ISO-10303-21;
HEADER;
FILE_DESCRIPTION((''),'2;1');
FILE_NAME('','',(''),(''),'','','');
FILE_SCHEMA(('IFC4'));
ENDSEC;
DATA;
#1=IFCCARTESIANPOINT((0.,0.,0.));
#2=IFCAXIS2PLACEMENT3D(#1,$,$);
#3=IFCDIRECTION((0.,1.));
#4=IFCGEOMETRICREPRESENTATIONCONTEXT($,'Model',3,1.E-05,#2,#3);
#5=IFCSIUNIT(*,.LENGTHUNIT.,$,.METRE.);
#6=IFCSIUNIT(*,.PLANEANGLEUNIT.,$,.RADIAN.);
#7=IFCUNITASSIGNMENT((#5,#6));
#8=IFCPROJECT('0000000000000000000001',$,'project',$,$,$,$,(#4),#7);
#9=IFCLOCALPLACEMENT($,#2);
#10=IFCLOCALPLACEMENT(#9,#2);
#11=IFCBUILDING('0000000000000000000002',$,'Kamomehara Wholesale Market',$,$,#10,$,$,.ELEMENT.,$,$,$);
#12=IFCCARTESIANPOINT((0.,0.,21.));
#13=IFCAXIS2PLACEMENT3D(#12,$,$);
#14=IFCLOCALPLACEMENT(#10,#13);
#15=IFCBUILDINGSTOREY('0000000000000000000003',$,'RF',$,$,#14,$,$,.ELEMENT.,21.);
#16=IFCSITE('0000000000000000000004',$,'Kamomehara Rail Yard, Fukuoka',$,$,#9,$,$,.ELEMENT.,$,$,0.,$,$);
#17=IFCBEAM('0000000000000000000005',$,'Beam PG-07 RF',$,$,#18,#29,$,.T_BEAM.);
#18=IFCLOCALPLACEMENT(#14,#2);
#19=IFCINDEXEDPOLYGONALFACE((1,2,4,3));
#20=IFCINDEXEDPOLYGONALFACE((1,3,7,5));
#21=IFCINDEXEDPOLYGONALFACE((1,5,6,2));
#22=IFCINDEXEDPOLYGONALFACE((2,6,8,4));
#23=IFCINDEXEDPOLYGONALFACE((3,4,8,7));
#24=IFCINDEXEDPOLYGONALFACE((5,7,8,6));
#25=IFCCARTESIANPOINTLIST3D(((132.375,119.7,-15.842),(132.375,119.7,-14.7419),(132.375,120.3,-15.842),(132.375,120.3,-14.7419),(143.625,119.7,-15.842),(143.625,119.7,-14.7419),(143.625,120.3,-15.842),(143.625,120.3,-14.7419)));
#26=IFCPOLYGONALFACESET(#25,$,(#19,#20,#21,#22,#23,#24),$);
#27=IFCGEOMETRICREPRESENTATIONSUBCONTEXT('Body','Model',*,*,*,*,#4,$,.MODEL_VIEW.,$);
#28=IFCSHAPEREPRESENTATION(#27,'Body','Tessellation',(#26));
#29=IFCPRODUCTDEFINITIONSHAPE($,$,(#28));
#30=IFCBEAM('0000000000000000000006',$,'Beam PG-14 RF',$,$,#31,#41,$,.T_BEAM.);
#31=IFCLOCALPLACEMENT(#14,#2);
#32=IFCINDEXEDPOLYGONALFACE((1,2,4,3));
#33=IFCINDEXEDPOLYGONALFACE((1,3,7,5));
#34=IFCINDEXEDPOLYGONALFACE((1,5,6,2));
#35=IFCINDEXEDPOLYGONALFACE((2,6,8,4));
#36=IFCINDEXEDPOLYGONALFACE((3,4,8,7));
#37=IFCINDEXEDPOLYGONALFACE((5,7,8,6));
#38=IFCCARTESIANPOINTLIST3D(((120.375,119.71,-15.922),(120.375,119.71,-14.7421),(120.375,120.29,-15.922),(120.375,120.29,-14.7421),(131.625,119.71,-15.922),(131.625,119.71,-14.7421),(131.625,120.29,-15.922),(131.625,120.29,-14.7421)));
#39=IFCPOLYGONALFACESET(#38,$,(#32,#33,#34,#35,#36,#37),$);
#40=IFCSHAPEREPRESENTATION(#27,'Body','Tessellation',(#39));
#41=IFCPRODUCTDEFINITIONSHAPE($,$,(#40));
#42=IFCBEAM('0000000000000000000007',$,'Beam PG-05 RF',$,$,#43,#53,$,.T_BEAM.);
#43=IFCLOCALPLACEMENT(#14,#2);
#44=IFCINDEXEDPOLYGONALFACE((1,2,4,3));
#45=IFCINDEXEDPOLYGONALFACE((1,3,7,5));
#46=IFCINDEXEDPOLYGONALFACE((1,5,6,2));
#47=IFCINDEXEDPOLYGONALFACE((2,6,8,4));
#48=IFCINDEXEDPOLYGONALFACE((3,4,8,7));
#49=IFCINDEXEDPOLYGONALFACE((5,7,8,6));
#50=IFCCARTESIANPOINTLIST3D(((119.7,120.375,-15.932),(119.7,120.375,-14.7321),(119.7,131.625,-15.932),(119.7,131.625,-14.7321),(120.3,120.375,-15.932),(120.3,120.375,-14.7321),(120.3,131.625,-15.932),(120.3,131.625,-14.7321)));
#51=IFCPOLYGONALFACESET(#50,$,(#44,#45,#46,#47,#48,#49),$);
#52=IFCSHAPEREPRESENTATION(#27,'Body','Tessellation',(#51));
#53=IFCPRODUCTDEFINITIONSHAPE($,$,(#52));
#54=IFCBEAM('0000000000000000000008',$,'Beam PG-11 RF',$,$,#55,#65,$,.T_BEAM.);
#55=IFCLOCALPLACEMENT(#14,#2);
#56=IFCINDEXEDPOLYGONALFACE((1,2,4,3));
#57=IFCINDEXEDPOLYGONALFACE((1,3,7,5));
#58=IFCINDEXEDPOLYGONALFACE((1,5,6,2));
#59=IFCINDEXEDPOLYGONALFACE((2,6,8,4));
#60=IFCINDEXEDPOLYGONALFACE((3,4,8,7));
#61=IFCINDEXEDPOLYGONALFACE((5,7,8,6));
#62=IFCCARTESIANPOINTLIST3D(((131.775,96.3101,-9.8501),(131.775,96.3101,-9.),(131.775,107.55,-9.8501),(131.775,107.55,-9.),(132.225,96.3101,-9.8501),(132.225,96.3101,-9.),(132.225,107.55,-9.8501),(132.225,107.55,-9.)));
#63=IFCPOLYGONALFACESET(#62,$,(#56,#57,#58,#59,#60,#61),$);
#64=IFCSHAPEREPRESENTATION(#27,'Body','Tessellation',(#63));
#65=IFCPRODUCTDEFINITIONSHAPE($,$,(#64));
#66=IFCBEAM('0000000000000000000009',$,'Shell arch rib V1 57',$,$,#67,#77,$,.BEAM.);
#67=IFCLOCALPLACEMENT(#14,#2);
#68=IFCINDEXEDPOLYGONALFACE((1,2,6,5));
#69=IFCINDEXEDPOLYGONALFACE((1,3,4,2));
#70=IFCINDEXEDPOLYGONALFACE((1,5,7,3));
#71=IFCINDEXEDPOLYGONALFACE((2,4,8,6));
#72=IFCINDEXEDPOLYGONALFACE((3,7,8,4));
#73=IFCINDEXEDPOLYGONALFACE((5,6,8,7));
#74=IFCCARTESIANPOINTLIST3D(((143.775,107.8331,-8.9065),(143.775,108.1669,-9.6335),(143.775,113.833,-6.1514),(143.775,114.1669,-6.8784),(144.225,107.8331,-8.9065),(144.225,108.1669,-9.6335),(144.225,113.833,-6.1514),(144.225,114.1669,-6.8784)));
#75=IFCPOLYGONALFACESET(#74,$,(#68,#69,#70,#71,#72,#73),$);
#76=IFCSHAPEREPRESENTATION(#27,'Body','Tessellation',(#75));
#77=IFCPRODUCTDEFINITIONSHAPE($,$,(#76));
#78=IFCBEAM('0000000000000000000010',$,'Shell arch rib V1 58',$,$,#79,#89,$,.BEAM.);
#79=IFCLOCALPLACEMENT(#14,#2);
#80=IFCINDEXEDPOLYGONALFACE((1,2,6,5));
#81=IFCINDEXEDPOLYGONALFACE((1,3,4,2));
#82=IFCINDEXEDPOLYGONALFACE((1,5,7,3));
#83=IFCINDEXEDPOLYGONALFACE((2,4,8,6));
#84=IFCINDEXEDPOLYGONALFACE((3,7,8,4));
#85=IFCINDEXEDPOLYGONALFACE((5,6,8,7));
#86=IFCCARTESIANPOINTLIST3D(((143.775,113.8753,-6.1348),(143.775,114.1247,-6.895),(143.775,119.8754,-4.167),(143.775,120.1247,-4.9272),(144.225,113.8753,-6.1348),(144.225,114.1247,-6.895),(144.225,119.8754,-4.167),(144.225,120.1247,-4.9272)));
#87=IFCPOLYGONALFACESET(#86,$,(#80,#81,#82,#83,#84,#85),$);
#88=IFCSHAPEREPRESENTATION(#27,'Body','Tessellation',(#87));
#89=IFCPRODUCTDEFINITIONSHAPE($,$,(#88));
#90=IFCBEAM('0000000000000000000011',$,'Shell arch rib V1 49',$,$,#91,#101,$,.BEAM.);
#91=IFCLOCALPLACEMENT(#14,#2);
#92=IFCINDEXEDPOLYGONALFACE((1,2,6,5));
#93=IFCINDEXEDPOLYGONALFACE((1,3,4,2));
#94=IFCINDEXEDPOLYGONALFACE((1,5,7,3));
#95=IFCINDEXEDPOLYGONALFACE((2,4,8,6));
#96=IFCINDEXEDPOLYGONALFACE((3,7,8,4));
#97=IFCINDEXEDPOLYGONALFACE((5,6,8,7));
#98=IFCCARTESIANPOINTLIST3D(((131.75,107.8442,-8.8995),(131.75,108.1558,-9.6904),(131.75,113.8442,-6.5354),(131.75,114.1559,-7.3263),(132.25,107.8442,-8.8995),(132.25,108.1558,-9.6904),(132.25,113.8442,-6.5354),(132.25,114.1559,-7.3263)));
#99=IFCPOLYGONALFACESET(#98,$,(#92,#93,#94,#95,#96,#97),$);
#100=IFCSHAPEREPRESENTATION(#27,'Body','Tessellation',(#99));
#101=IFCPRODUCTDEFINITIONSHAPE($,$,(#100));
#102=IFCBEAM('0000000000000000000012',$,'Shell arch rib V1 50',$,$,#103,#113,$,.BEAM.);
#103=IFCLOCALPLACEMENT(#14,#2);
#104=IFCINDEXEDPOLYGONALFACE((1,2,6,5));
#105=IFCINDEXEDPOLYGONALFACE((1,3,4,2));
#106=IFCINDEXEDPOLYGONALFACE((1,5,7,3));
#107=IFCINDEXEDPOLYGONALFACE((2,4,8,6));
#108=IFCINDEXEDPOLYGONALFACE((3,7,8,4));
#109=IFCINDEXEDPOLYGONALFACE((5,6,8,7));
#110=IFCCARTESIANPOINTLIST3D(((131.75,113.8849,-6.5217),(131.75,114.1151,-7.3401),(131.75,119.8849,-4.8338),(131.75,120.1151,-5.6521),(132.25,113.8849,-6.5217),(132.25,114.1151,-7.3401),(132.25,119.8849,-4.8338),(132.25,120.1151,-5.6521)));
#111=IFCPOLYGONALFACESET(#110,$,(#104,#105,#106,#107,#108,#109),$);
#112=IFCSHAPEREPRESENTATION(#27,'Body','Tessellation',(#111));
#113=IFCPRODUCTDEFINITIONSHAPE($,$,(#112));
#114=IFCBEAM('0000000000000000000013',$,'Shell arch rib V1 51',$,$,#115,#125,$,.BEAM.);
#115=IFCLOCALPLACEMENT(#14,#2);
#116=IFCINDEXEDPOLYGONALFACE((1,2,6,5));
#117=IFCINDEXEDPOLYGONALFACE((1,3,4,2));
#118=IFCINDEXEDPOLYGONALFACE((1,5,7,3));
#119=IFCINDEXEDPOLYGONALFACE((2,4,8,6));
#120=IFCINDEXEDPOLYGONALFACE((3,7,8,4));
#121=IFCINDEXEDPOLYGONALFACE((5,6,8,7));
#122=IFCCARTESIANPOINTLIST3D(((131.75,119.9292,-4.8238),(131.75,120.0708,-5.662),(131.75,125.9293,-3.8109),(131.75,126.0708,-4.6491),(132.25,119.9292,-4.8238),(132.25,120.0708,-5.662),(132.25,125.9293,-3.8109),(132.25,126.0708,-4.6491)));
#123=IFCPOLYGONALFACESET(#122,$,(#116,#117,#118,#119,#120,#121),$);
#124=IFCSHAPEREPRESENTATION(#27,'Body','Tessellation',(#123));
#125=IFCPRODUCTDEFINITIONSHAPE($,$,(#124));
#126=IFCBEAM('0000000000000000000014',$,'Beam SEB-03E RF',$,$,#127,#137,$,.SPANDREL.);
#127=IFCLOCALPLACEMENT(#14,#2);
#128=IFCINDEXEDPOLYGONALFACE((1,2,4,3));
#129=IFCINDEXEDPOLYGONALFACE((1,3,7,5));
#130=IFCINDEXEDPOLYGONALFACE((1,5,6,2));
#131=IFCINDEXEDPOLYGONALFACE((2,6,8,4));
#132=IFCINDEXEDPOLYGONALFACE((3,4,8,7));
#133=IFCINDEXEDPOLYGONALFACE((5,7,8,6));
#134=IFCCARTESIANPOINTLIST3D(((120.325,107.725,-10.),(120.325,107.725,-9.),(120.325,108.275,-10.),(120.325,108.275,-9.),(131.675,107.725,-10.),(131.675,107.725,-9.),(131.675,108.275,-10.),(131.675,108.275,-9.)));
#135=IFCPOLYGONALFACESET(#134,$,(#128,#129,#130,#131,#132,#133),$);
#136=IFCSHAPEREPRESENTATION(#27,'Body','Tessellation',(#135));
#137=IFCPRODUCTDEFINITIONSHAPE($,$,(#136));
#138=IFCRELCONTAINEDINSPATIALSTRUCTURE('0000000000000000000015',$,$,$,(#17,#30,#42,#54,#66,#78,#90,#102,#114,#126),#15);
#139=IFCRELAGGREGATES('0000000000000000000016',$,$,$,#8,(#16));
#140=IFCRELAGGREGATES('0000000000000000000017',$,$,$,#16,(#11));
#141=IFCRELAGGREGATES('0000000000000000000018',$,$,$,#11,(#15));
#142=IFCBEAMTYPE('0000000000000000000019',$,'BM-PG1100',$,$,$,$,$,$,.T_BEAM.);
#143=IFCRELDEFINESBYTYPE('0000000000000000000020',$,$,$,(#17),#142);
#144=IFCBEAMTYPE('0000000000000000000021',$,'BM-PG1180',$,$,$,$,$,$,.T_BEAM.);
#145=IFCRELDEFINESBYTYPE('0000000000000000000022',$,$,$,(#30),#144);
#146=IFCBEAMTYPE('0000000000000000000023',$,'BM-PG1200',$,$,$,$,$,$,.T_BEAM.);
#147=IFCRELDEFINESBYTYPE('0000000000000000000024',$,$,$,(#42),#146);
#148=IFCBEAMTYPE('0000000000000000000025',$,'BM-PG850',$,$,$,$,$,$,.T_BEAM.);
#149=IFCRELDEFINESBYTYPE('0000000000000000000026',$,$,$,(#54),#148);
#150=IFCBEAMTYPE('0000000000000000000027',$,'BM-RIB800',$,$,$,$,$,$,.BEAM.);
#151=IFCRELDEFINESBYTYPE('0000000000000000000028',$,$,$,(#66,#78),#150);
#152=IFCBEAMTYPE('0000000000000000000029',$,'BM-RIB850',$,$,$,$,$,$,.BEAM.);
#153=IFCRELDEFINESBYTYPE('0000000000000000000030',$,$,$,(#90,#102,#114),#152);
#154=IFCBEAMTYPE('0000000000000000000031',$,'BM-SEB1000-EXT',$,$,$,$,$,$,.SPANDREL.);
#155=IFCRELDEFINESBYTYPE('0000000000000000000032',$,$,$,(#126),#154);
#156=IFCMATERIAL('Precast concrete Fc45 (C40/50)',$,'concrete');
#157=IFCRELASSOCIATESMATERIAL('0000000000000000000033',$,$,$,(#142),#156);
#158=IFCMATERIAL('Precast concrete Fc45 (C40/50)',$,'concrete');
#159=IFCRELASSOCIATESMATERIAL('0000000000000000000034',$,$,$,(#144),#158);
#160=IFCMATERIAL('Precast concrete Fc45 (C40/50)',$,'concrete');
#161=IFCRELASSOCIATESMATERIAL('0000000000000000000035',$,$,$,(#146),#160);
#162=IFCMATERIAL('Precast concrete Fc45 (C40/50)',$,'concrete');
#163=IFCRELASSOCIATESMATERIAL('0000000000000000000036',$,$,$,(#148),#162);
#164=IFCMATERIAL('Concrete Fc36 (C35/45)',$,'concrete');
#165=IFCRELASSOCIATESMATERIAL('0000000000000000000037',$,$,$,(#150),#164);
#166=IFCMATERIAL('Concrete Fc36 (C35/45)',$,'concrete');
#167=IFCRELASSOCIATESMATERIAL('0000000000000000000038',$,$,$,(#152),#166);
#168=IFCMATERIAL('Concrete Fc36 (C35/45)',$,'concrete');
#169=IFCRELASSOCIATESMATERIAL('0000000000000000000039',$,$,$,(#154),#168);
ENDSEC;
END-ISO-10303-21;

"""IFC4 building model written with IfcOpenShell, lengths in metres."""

from ifc_helpers import new_model, si_unit, direction, frame, origin, origin_2d, place, context, subcontext, project, spatial, rectangle, extrude, material, material_profile, profile_set, type_object, element, save


model = new_model("IFC4")

# Units and contexts
model_context = context("Model", 3, precision=1e-05, world=origin(), true_north=direction((0.0, 1.0)))
body_context = subcontext(model_context, "Body", "Model", "MODEL_VIEW")
ifc_project = project(units=[si_unit("LENGTHUNIT", "METRE"), si_unit("PLANEANGLEUNIT", "RADIAN")], contexts=[model_context])

# Site, building, storey
site_placement = place(None, origin())
site = spatial("IfcSite", under=ifc_project, at=site_placement, Name="Kamomehara Rail Yard, Fukuoka", CompositionType="ELEMENT", RefElevation=0.0)
building_placement = place(site_placement, origin())
building = spatial("IfcBuilding", under=site, at=building_placement, Name="Kamomehara Wholesale Market", CompositionType="ELEMENT")
storey_placement = place(building_placement, frame((0.0, 0.0, 21.0)))
storey = spatial("IfcBuildingStorey", under=building, at=storey_placement, Name="RF", CompositionType="ELEMENT", Elevation=21.0)

# Beams
ifc_material_1 = material(Name="Precast concrete Fc45 (C40/50)", Category="concrete")
ifc_material_profile_1 = material_profile(ifc_material_1, rectangle(XDim=0.6001, YDim=1.1001, at=origin_2d()), Name="PC-GRD-600x1100")
ifc_profile_set_1 = profile_set([ifc_material_profile_1], Name="Precast concrete Fc45 (C40/50)")
beam_type_1 = type_object("IfcBeamType", Name="BM-PG1100", PredefinedType="T_BEAM", material=ifc_profile_set_1)
beam_1_placement = place(storey_placement, frame((132.375, 120.0, -15.292), z_axis=(1.0, 0.0, 0.0), x_axis=(0.0, 1.0, 0.0)))
element("IfcBeam", 1, at=beam_1_placement, inside=storey, type_object=beam_type_1, Name="Beam PG-07 RF", PredefinedType="T_BEAM", context=body_context, shape_type="SweptSolid", body=[
    extrude(rectangle(XDim=0.6001, YDim=1.1001, at=origin_2d()), origin(), (0.0, 0.0, 1.0), 11.25),
])
ifc_material_2 = material(Name="Precast concrete Fc45 (C40/50)", Category="concrete")
ifc_material_profile_2 = material_profile(ifc_material_2, rectangle(XDim=0.5801, YDim=1.1799, at=origin_2d()), Name="PC-GRD-580x1180")
ifc_profile_set_2 = profile_set([ifc_material_profile_2], Name="Precast concrete Fc45 (C40/50)")
beam_type_2 = type_object("IfcBeamType", Name="BM-PG1180", PredefinedType="T_BEAM", material=ifc_profile_set_2)
beam_2_placement = place(storey_placement, frame((120.375, 120.0, -15.332), z_axis=(1.0, 0.0, 0.0), x_axis=(0.0, 1.0, 0.0)))
element("IfcBeam", 2, at=beam_2_placement, inside=storey, type_object=beam_type_2, Name="Beam PG-14 RF", PredefinedType="T_BEAM", context=body_context, shape_type="SweptSolid", body=[
    extrude(rectangle(XDim=0.5801, YDim=1.1799, at=origin_2d()), origin(), (0.0, 0.0, 1.0), 11.25),
])
ifc_material_3 = material(Name="Precast concrete Fc45 (C40/50)", Category="concrete")
ifc_material_profile_3 = material_profile(ifc_material_3, rectangle(XDim=0.6001, YDim=1.2, at=origin_2d()), Name="PC-GRD-600x1200")
ifc_profile_set_3 = profile_set([ifc_material_profile_3], Name="Precast concrete Fc45 (C40/50)")
beam_type_3 = type_object("IfcBeamType", Name="BM-PG1200", PredefinedType="T_BEAM", material=ifc_profile_set_3)
beam_3_placement = place(storey_placement, frame((120.0, 120.375, -15.332), z_axis=(0.0, 1.0, 0.0), x_axis=(-1.0, 0.0, 0.0)))
element("IfcBeam", 3, at=beam_3_placement, inside=storey, type_object=beam_type_3, Name="Beam PG-05 RF", PredefinedType="T_BEAM", context=body_context, shape_type="SweptSolid", body=[
    extrude(rectangle(XDim=0.6001, YDim=1.2, at=origin_2d()), origin(), (0.0, 0.0, 1.0), 11.25),
])
ifc_material_4 = material(Name="Precast concrete Fc45 (C40/50)", Category="concrete")
ifc_material_profile_4 = material_profile(ifc_material_4, rectangle(XDim=0.45, YDim=0.8501, at=origin_2d()), Name="PC-GRD-450x850")
ifc_profile_set_4 = profile_set([ifc_material_profile_4], Name="Precast concrete Fc45 (C40/50)")
beam_type_4 = type_object("IfcBeamType", Name="BM-PG850", PredefinedType="T_BEAM", material=ifc_profile_set_4)
beam_4_placement = place(storey_placement, frame((132.0, 96.3101, -9.425), z_axis=(0.0, 1.0, 0.0), x_axis=(-1.0, 0.0, 0.0)))
element("IfcBeam", 4, at=beam_4_placement, inside=storey, type_object=beam_type_4, Name="Beam PG-11 RF", PredefinedType="T_BEAM", context=body_context, shape_type="SweptSolid", body=[
    extrude(rectangle(XDim=0.45, YDim=0.8501, at=origin_2d()), origin(), (0.0, 0.0, 1.0), 11.24),
])
ifc_material_5 = material(Name="Concrete Fc36 (C35/45)", Category="concrete")
ifc_material_profile_5 = material_profile(ifc_material_5, rectangle(XDim=0.45, YDim=0.8, at=origin_2d()), Name="RC-RIB-450x800")
ifc_profile_set_5 = profile_set([ifc_material_profile_5], Name="Concrete Fc36 (C35/45)")
beam_type_5 = type_object("IfcBeamType", Name="BM-RIB800", PredefinedType="BEAM", material=ifc_profile_set_5)
beam_5_placement = place(storey_placement, frame((144.0, 108.0, -9.27), z_axis=(0.0, 0.90877, 0.417296), x_axis=(-1.0, 0.0, 0.0)))
element("IfcBeam", 5, at=beam_5_placement, inside=storey, type_object=beam_type_5, Name="Shell arch rib V1 57", PredefinedType="BEAM", context=body_context, shape_type="SweptSolid", body=[
    extrude(rectangle(XDim=0.45, YDim=0.8, at=origin_2d()), origin(), (0.0, 0.0, 1.0), 6.6023),
])
beam_6_placement = place(storey_placement, frame((144.0, 114.0, -6.5149), z_axis=(0.0, 0.950203, 0.311631), x_axis=(-1.0, 0.0, 0.0)))
element("IfcBeam", 6, at=beam_6_placement, inside=storey, type_object=beam_type_5, Name="Shell arch rib V1 58", PredefinedType="BEAM", context=body_context, shape_type="SweptSolid", body=[
    extrude(rectangle(XDim=0.45, YDim=0.8, at=origin_2d()), origin(), (0.0, 0.0, 1.0), 6.3145),
])
ifc_material_6 = material(Name="Concrete Fc36 (C35/45)", Category="concrete")
ifc_material_profile_6 = material_profile(ifc_material_6, rectangle(XDim=0.5, YDim=0.8501, at=origin_2d()), Name="RC-RIB-500x850")
ifc_profile_set_6 = profile_set([ifc_material_profile_6], Name="Concrete Fc36 (C35/45)")
beam_type_6 = type_object("IfcBeamType", Name="BM-RIB850", PredefinedType="BEAM", material=ifc_profile_set_6)
beam_7_placement = place(storey_placement, frame((132.0, 108.0, -9.2949), z_axis=(0.0, 0.930388, 0.366575), x_axis=(-1.0, 0.0, 0.0)))
element("IfcBeam", 7, at=beam_7_placement, inside=storey, type_object=beam_type_6, Name="Shell arch rib V1 49", PredefinedType="BEAM", context=body_context, shape_type="SweptSolid", body=[
    extrude(rectangle(XDim=0.5, YDim=0.8501, at=origin_2d()), origin(), (0.0, 0.0, 1.0), 6.449),
])
beam_8_placement = place(storey_placement, frame((132.0, 114.0, -6.9309), z_axis=(0.0, 0.962631, 0.270818), x_axis=(-1.0, 0.0, 0.0)))
element("IfcBeam", 8, at=beam_8_placement, inside=storey, type_object=beam_type_6, Name="Shell arch rib V1 50", PredefinedType="BEAM", context=body_context, shape_type="SweptSolid", body=[
    extrude(rectangle(XDim=0.5, YDim=0.8501, at=origin_2d()), origin(), (0.0, 0.0, 1.0), 6.2329),
])
beam_9_placement = place(storey_placement, frame((132.0, 120.0, -5.2429), z_axis=(0.0, 0.986047, 0.166468), x_axis=(-1.0, 0.0, 0.0)))
element("IfcBeam", 9, at=beam_9_placement, inside=storey, type_object=beam_type_6, Name="Shell arch rib V1 51", PredefinedType="BEAM", context=body_context, shape_type="SweptSolid", body=[
    extrude(rectangle(XDim=0.5, YDim=0.8501, at=origin_2d()), origin(), (0.0, 0.0, 1.0), 6.085),
])
ifc_material_7 = material(Name="Concrete Fc36 (C35/45)", Category="concrete")
ifc_material_profile_7 = material_profile(ifc_material_7, rectangle(XDim=0.55, YDim=1.0, at=origin_2d()), Name="RC-SEB-550x1000")
ifc_profile_set_7 = profile_set([ifc_material_profile_7], Name="Concrete Fc36 (C35/45)")
beam_type_7 = type_object("IfcBeamType", Name="BM-SEB1000-EXT", PredefinedType="SPANDREL", material=ifc_profile_set_7)
beam_10_placement = place(storey_placement, frame((120.325, 108.0, -9.5), z_axis=(1.0, 0.0, 0.0), x_axis=(0.0, 1.0, 0.0)))
element("IfcBeam", 10, at=beam_10_placement, inside=storey, type_object=beam_type_7, Name="Beam SEB-03E RF", PredefinedType="SPANDREL", context=body_context, shape_type="SweptSolid", body=[
    extrude(rectangle(XDim=0.55, YDim=1.0, at=origin_2d()), origin(), (0.0, 0.0, 1.0), 11.3501),
])

save(model, "model.ifc")
